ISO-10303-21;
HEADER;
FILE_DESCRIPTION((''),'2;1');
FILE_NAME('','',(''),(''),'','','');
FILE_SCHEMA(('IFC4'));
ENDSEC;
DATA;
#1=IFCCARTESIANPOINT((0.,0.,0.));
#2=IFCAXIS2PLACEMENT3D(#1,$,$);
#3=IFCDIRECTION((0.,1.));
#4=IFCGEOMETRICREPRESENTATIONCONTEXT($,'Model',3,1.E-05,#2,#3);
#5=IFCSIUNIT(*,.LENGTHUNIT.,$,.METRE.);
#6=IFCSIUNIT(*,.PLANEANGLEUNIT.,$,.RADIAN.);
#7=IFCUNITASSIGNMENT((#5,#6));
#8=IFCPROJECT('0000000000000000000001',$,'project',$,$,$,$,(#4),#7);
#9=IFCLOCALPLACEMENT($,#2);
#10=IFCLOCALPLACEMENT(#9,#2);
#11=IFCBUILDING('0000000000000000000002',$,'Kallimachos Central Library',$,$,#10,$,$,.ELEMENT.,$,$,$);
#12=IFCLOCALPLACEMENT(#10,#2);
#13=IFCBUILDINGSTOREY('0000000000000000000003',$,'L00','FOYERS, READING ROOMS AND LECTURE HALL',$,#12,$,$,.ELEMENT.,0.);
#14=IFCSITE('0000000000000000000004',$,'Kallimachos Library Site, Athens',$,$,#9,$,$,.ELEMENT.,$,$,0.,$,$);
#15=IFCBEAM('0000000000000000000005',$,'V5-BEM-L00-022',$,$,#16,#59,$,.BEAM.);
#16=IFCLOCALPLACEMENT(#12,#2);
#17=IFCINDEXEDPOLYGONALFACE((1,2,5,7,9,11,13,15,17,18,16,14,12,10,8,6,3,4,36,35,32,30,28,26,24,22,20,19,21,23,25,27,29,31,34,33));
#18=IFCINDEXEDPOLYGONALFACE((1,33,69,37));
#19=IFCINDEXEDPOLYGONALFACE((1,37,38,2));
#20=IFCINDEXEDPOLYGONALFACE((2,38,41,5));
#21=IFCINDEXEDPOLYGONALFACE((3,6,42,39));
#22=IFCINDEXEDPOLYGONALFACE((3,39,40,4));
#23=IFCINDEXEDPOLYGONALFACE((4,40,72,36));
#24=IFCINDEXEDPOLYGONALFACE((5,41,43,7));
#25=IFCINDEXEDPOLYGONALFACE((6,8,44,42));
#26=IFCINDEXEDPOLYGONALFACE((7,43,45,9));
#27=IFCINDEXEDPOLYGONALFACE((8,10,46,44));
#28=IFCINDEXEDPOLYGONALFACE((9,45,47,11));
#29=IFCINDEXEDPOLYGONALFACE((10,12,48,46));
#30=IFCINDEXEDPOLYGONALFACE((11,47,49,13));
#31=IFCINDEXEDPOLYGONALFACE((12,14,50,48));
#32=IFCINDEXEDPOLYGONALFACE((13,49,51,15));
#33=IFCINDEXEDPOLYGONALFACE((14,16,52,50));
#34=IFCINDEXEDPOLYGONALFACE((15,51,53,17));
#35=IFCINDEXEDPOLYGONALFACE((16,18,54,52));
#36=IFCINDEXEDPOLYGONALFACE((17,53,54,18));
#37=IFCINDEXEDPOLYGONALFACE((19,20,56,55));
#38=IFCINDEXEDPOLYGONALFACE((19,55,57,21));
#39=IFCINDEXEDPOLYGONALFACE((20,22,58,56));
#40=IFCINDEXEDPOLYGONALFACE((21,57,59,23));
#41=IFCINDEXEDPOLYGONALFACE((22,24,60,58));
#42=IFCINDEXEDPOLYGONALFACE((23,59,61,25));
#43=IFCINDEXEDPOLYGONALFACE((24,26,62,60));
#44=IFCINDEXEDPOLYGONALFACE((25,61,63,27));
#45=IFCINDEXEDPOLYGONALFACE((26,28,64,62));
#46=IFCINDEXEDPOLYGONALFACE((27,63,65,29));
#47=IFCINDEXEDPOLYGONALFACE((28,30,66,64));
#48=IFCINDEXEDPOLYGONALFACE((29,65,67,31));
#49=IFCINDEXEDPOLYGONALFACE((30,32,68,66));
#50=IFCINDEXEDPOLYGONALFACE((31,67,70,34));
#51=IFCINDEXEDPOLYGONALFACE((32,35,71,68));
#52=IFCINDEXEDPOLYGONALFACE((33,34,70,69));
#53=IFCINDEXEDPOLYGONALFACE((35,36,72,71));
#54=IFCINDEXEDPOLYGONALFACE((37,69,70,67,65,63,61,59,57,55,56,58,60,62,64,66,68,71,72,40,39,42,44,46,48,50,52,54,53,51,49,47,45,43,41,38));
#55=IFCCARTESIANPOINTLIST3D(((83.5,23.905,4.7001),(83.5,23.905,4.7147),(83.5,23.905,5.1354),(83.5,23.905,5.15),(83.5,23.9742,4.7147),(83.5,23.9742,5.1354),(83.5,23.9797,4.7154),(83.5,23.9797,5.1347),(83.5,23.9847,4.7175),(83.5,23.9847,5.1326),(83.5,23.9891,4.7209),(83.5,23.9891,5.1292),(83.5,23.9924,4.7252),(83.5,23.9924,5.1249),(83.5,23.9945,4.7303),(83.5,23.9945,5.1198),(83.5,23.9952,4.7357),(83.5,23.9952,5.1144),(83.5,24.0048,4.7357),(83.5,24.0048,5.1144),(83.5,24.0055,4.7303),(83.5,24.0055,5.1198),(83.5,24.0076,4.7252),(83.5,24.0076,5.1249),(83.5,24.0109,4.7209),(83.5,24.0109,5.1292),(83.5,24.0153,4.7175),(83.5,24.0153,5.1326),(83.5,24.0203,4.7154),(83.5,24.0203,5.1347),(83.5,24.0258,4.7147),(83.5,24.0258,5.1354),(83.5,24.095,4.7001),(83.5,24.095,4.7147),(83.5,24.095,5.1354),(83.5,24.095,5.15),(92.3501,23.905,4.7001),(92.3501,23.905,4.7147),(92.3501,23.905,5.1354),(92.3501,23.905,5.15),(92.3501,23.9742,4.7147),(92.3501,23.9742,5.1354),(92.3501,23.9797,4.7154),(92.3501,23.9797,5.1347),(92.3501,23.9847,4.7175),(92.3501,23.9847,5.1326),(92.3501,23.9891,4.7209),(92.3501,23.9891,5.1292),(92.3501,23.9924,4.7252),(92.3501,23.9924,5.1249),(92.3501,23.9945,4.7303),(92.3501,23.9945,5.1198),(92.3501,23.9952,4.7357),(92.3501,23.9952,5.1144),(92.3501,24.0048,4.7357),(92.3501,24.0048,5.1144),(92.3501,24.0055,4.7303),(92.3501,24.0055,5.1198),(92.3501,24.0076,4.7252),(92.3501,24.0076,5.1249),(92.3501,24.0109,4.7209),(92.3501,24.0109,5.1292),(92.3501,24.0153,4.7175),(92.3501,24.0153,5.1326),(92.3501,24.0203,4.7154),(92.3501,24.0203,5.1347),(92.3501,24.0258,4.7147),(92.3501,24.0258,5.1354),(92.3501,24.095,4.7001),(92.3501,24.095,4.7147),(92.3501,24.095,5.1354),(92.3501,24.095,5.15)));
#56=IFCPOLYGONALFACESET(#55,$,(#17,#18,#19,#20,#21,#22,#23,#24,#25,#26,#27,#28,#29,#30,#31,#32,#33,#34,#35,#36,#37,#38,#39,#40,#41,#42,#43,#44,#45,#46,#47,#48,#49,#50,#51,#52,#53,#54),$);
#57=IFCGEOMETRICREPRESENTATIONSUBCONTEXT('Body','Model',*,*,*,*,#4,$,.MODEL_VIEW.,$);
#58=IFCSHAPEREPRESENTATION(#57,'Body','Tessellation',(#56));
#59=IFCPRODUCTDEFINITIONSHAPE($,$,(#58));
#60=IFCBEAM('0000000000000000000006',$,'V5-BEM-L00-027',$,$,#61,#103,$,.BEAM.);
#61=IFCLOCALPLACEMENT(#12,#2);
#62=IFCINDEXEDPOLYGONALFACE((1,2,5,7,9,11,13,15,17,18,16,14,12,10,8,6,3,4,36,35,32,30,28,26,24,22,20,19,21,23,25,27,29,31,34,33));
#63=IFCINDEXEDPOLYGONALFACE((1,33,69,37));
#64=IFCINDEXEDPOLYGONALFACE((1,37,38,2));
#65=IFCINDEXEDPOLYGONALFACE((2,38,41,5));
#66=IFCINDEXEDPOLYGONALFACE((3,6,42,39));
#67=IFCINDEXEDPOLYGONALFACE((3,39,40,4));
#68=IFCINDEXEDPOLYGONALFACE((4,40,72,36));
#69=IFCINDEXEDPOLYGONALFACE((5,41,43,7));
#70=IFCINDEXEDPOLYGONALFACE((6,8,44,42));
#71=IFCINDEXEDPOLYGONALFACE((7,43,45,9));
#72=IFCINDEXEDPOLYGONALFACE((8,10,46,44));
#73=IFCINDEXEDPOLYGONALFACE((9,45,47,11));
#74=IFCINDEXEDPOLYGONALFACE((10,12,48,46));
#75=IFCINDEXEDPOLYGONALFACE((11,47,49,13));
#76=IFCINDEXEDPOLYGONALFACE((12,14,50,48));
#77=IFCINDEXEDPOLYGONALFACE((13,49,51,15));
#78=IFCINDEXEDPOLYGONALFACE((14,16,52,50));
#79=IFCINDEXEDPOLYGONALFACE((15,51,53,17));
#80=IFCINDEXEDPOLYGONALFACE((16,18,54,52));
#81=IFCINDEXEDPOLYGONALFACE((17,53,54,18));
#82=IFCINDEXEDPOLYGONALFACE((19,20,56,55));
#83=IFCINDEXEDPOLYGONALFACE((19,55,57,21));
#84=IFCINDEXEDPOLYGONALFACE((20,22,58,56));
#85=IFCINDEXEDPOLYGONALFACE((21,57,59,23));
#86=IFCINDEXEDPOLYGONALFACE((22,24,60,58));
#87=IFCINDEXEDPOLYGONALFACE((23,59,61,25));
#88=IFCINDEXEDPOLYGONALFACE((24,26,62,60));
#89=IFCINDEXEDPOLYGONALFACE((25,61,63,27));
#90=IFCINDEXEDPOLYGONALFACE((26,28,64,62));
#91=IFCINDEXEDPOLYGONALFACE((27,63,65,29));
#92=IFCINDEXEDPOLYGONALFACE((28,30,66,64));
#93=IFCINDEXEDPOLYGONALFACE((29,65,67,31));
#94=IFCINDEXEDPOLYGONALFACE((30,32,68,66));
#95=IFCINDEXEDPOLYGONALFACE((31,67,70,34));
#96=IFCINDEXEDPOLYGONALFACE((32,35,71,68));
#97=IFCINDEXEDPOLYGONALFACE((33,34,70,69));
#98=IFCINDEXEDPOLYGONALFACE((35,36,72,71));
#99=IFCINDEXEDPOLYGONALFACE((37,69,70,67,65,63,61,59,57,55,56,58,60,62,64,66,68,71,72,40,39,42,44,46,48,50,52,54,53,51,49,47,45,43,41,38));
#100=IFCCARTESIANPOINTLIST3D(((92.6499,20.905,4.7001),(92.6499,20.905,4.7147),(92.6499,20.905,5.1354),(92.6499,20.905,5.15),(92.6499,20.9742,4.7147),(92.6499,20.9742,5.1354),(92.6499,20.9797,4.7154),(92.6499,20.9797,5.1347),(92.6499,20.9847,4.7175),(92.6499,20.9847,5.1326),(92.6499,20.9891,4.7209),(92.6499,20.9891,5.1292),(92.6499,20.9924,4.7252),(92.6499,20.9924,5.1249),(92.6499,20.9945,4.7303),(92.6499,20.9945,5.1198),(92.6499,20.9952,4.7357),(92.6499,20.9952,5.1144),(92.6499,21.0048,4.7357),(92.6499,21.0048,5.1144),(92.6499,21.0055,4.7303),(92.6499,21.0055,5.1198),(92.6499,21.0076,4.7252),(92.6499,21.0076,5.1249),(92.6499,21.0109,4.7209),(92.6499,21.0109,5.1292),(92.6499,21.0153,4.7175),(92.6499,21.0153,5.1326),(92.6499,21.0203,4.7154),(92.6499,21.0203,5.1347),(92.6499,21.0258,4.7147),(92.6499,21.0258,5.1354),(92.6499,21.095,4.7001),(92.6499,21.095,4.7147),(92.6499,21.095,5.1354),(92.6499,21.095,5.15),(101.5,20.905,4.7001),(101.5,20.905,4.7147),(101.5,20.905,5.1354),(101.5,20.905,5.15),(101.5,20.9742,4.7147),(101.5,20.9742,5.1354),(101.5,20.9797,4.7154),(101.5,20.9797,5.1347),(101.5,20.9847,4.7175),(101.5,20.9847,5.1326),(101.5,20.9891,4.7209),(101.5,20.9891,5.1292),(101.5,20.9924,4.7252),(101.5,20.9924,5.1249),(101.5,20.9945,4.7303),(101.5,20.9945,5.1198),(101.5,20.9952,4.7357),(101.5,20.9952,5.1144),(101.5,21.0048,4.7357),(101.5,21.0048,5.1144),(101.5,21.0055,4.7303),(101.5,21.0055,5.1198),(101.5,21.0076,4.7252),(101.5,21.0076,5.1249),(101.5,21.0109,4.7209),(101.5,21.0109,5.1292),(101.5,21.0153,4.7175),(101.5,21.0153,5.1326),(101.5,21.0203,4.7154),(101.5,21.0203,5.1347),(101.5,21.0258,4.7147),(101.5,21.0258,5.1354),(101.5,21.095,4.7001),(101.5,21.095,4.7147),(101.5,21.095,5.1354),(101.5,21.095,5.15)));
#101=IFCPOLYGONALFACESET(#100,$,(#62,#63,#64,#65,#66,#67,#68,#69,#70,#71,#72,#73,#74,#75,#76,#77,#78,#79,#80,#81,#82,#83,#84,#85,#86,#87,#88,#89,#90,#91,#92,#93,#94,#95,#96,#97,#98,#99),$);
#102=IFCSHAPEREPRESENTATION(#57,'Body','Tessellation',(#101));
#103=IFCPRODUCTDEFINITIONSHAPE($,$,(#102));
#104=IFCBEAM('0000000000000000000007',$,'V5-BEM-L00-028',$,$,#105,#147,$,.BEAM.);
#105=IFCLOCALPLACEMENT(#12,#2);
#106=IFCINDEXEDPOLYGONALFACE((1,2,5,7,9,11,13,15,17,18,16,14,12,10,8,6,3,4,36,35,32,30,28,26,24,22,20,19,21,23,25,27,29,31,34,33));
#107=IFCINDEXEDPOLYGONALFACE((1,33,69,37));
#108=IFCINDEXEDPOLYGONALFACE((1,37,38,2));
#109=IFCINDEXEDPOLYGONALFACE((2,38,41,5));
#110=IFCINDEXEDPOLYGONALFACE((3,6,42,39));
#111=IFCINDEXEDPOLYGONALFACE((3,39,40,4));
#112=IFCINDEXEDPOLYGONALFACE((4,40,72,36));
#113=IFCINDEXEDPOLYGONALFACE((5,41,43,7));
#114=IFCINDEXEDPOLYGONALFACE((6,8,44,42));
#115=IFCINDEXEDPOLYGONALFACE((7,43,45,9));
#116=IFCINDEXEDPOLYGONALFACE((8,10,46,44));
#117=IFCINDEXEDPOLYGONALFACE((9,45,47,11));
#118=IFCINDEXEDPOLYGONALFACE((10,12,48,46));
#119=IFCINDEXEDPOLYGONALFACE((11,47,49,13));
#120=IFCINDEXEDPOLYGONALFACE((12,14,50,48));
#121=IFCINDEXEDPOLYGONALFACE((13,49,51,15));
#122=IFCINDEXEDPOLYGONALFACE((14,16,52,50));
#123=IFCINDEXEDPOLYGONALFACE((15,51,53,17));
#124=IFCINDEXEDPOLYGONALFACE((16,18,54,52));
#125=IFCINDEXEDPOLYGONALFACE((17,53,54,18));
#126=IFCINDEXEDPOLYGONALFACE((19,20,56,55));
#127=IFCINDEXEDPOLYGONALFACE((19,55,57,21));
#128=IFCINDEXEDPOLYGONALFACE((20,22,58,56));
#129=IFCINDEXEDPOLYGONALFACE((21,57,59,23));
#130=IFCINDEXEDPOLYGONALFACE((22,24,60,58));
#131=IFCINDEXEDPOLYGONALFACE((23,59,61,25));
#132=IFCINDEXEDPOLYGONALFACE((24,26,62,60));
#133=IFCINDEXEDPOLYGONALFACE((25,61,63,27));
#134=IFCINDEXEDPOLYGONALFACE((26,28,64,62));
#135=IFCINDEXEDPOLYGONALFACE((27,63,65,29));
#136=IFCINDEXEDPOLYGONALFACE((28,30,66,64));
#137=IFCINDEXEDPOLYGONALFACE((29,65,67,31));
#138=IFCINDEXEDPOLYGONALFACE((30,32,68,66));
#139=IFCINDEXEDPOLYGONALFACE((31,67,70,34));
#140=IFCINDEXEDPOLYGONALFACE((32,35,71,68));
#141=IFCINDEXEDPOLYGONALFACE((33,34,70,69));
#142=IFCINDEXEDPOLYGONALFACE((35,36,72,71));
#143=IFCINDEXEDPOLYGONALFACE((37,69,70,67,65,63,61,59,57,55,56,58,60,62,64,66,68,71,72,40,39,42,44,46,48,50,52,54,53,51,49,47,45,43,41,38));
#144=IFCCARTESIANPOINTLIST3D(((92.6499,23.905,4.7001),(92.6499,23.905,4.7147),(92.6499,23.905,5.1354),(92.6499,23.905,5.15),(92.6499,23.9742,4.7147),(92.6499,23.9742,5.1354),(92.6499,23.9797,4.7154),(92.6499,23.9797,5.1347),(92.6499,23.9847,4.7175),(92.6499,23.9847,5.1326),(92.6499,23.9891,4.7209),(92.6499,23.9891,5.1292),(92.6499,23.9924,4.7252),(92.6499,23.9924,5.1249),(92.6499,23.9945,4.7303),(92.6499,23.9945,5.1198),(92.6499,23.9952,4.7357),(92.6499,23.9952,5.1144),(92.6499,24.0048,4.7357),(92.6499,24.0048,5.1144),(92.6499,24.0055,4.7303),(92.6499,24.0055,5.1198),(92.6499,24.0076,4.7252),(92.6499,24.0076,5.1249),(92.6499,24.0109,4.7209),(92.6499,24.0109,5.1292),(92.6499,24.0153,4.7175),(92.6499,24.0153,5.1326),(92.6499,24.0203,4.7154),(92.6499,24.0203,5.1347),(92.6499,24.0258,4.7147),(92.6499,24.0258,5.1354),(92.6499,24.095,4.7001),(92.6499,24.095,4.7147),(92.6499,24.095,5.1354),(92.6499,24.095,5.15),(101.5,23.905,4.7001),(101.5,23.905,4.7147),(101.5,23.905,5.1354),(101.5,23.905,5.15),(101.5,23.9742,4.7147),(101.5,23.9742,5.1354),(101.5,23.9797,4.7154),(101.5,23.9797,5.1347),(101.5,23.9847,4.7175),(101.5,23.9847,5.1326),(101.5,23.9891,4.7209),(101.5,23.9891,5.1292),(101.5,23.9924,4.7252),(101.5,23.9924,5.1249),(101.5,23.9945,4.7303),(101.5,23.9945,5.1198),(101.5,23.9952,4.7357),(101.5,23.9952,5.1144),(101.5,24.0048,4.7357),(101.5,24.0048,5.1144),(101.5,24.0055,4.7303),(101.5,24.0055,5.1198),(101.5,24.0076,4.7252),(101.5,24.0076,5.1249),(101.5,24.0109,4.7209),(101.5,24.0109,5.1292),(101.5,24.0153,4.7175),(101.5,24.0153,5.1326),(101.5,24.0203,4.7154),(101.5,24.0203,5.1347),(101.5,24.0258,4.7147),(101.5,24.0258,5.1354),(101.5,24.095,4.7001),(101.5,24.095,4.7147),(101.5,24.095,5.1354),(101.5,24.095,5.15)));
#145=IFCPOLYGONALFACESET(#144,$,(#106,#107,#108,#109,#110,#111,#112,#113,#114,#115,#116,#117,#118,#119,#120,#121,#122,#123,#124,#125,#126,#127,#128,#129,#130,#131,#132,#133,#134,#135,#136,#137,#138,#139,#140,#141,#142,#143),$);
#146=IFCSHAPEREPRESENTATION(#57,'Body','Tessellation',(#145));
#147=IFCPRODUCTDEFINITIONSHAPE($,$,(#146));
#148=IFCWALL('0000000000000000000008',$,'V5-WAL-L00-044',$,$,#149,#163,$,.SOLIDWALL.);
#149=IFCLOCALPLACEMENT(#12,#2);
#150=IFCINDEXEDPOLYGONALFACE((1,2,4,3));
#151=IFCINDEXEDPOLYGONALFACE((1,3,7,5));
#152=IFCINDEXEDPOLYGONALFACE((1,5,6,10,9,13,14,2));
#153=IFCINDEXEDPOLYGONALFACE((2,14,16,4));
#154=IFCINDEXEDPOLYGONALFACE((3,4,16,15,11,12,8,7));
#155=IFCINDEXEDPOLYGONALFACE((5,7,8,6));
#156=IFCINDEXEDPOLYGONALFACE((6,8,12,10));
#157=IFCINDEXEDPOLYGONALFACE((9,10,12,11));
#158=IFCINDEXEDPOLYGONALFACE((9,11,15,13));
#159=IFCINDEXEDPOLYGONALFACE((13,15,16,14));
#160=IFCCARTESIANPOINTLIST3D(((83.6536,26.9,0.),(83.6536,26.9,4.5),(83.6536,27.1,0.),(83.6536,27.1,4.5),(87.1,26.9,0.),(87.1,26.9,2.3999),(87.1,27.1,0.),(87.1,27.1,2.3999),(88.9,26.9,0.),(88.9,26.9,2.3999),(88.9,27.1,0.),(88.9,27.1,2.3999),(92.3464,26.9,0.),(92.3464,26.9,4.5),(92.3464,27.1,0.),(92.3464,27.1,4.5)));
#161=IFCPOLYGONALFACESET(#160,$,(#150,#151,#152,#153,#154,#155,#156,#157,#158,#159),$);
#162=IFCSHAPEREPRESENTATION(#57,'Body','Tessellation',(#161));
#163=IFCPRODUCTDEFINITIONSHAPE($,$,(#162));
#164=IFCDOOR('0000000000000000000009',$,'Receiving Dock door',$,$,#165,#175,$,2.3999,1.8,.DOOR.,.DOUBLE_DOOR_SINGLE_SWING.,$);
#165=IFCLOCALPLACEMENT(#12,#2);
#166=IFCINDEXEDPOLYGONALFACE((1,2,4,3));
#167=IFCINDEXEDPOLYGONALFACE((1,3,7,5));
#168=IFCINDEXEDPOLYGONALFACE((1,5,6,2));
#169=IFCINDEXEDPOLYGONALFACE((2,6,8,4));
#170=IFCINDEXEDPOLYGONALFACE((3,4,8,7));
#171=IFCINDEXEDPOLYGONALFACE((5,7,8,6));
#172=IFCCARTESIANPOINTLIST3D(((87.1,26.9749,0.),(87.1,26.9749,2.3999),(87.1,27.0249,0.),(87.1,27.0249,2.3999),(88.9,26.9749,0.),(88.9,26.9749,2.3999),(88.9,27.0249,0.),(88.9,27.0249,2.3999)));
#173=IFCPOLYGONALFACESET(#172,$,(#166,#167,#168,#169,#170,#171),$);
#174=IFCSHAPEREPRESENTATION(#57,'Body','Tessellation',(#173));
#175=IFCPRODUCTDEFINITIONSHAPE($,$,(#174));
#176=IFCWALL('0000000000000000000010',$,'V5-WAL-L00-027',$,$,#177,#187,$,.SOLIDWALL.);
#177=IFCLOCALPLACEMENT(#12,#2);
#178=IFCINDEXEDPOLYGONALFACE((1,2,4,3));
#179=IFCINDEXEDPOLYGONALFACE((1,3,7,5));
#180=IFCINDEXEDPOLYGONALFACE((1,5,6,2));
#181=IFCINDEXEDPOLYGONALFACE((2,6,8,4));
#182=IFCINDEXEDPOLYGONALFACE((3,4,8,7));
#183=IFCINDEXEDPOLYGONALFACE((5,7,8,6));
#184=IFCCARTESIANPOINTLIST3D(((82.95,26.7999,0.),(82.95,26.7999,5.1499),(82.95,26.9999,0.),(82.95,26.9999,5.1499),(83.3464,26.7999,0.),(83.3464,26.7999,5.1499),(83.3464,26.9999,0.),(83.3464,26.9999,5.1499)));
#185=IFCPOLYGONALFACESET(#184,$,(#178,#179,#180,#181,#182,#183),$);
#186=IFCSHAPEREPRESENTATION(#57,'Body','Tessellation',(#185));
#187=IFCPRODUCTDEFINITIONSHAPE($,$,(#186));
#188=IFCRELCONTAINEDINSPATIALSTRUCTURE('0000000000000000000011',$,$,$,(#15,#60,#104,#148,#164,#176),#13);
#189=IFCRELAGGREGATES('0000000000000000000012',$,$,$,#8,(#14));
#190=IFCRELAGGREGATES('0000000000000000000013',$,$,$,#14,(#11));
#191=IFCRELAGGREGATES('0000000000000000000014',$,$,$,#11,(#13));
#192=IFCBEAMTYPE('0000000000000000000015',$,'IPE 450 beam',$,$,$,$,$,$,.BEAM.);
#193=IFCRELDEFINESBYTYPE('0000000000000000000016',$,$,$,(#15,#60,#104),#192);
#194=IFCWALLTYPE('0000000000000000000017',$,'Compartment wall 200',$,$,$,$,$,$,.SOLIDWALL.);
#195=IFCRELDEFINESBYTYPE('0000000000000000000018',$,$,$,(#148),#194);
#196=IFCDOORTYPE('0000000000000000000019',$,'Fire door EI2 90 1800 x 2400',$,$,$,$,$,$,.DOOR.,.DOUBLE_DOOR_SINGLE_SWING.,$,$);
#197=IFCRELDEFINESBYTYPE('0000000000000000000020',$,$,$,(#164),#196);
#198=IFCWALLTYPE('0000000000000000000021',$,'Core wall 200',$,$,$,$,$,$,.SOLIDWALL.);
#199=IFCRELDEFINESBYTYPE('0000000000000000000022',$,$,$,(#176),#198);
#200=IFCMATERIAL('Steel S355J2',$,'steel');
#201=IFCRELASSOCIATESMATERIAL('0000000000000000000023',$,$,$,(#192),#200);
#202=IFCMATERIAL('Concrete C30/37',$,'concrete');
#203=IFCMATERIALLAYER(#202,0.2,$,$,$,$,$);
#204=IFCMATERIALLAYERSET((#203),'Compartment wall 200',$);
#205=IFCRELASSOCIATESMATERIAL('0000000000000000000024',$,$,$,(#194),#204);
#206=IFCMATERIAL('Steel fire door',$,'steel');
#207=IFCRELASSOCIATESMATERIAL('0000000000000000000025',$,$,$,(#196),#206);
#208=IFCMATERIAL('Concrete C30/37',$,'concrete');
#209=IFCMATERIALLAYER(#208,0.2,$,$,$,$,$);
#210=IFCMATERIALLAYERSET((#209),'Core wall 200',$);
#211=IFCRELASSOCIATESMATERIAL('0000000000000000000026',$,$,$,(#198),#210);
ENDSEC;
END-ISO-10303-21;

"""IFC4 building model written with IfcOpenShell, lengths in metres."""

from ifc_helpers import new_model, si_unit, direction, frame, frame_2d, origin, origin_2d, place, context, subcontext, project, spatial, rectangle, i_section, extrude, material, layer, layer_set, material_profile, profile_set, type_object, element, fill, save


model = new_model("IFC4")

# Units and contexts
model_context = context("Model", 3, precision=1e-05, world=origin(), true_north=direction((0.0, 1.0)))
body_context = subcontext(model_context, "Body", "Model", "MODEL_VIEW")
ifc_project = project(units=[si_unit("LENGTHUNIT", "METRE"), si_unit("PLANEANGLEUNIT", "RADIAN")], contexts=[model_context])

# Site, building, storey
site_placement = place(None, origin())
site = spatial("IfcSite", under=ifc_project, at=site_placement, Name="Kallimachos Library Site, Athens", CompositionType="ELEMENT", RefElevation=0.0)
building_placement = place(site_placement, origin())
building = spatial("IfcBuilding", under=site, at=building_placement, Name="Kallimachos Central Library", CompositionType="ELEMENT")
storey_placement = place(building_placement, origin())
storey = spatial("IfcBuildingStorey", under=building, at=storey_placement, Name="L00", Description="FOYERS, READING ROOMS AND LECTURE HALL", CompositionType="ELEMENT", Elevation=0.0)

# Beams
ifc_material_1 = material(Name="Steel S355J2", Category="steel")
ifc_material_profile_1 = material_profile(ifc_material_1, i_section(OverallWidth=0.1899, OverallDepth=0.45, WebThickness=0.0095, FlangeThickness=0.0146, FilletRadius=0.021, at=origin_2d()), Name="IPE 450")
ifc_profile_set_1 = profile_set([ifc_material_profile_1], Name="Steel S355J2")
beam_type_1 = type_object("IfcBeamType", Name="IPE 450 beam", PredefinedType="BEAM", material=ifc_profile_set_1)
for number, where, z_axis, x_axis, name in (
    (1, (83.5, 24.0, 4.925), (1.0, 0.0, 0.0), (0.0, 1.0, 0.0), "V5-BEM-L00-022"),
    (2, (92.6499, 21.0, 4.925), (1.0, 0.0, 0.0), (0.0, 1.0, 0.0), "V5-BEM-L00-027"),
    (3, (92.6499, 24.0, 4.925), (1.0, 0.0, 0.0), (0.0, 1.0, 0.0), "V5-BEM-L00-028"),
):
    element("IfcBeam", number, at=place(storey_placement, frame(where, z_axis=z_axis, x_axis=x_axis)), inside=storey, type_object=beam_type_1, Name=name, PredefinedType="BEAM", context=body_context, shape_type="SweptSolid", body=[
        extrude(i_section(OverallWidth=0.1899, OverallDepth=0.45, WebThickness=0.0095, FlangeThickness=0.0146, FilletRadius=0.021, at=origin_2d()), origin(), (0.0, 0.0, 1.0), 8.8501),
    ])

# Wall, opening, door
ifc_material_2 = material(Name="Concrete C30/37", Category="concrete")
ifc_layer_1 = layer(ifc_material_2, 0.2)
ifc_layer_set_1 = layer_set([ifc_layer_1], Name="Compartment wall 200")
wall_type_1 = type_object("IfcWallType", Name="Compartment wall 200", PredefinedType="SOLIDWALL", material=ifc_layer_set_1)
wall_1_placement = place(storey_placement, frame((83.6536, 27.0, 0.0), z_axis=(0.0, 0.0, 1.0), x_axis=(1.0, 0.0, 0.0)))
wall_1 = element("IfcWall", 4, at=wall_1_placement, inside=storey, type_object=wall_type_1, Name="V5-WAL-L00-044", PredefinedType="SOLIDWALL", context=body_context, shape_type="SweptSolid", body=[
    extrude(rectangle(XDim=8.6929, YDim=0.2, at=frame_2d((4.3464, 0.0))), origin(), (0.0, 0.0, 1.0), 4.5),
])
opening_placement = place(wall_1_placement, frame((3.4465, 0.0, 0.0)))
opening = element("IfcOpeningElement", 5, at=opening_placement, cuts=wall_1, PredefinedType="OPENING", context=body_context, shape_type="SweptSolid", body=[
    extrude(rectangle(XDim=1.8, YDim=2.3999, at=frame_2d((0.8999, 1.2))), frame((0.0, 0.1099, 0.0), z_axis=(0.0, -1.0, 0.0), x_axis=(1.0, 0.0, 0.0)), (0.0, 0.0, 1.0), 0.22),
])
ifc_material_3 = material(Name="Steel fire door", Category="steel")
door_type = type_object("IfcDoorType", Name="Fire door EI2 90 1800 x 2400", OperationType="DOUBLE_DOOR_SINGLE_SWING", PredefinedType="DOOR", material=ifc_material_3)
door_placement = place(opening_placement, origin())
door = element("IfcDoor", 6, at=door_placement, inside=storey, type_object=door_type, Name="Receiving Dock door", OperationType="DOUBLE_DOOR_SINGLE_SWING", OverallHeight=2.3999, OverallWidth=1.8, PredefinedType="DOOR", context=body_context, shape_type="SweptSolid", body=[
    extrude(rectangle(XDim=1.8, YDim=2.3999, at=frame_2d((0.8999, 1.2))), frame((0.0, 0.0249, 0.0), z_axis=(0.0, -1.0, 0.0), x_axis=(1.0, 0.0, 0.0)), (0.0, 0.0, 1.0), 0.05),
])
fill(opening, door)

# Wall
ifc_material_4 = material(Name="Concrete C30/37", Category="concrete")
ifc_layer_2 = layer(ifc_material_4, 0.2)
ifc_layer_set_2 = layer_set([ifc_layer_2], Name="Core wall 200")
wall_type_2 = type_object("IfcWallType", Name="Core wall 200", PredefinedType="SOLIDWALL", material=ifc_layer_set_2)
wall_2_placement = place(storey_placement, frame((82.95, 26.8999, 0.0), z_axis=(0.0, 0.0, 1.0), x_axis=(1.0, 0.0, 0.0)))
element("IfcWall", 7, at=wall_2_placement, inside=storey, type_object=wall_type_2, Name="V5-WAL-L00-027", PredefinedType="SOLIDWALL", context=body_context, shape_type="SweptSolid", body=[
    extrude(rectangle(XDim=0.3965, YDim=0.2, at=frame_2d((0.1982, 0.0))), origin(), (0.0, 0.0, 1.0), 5.1499),
])

save(model, "model.ifc")
